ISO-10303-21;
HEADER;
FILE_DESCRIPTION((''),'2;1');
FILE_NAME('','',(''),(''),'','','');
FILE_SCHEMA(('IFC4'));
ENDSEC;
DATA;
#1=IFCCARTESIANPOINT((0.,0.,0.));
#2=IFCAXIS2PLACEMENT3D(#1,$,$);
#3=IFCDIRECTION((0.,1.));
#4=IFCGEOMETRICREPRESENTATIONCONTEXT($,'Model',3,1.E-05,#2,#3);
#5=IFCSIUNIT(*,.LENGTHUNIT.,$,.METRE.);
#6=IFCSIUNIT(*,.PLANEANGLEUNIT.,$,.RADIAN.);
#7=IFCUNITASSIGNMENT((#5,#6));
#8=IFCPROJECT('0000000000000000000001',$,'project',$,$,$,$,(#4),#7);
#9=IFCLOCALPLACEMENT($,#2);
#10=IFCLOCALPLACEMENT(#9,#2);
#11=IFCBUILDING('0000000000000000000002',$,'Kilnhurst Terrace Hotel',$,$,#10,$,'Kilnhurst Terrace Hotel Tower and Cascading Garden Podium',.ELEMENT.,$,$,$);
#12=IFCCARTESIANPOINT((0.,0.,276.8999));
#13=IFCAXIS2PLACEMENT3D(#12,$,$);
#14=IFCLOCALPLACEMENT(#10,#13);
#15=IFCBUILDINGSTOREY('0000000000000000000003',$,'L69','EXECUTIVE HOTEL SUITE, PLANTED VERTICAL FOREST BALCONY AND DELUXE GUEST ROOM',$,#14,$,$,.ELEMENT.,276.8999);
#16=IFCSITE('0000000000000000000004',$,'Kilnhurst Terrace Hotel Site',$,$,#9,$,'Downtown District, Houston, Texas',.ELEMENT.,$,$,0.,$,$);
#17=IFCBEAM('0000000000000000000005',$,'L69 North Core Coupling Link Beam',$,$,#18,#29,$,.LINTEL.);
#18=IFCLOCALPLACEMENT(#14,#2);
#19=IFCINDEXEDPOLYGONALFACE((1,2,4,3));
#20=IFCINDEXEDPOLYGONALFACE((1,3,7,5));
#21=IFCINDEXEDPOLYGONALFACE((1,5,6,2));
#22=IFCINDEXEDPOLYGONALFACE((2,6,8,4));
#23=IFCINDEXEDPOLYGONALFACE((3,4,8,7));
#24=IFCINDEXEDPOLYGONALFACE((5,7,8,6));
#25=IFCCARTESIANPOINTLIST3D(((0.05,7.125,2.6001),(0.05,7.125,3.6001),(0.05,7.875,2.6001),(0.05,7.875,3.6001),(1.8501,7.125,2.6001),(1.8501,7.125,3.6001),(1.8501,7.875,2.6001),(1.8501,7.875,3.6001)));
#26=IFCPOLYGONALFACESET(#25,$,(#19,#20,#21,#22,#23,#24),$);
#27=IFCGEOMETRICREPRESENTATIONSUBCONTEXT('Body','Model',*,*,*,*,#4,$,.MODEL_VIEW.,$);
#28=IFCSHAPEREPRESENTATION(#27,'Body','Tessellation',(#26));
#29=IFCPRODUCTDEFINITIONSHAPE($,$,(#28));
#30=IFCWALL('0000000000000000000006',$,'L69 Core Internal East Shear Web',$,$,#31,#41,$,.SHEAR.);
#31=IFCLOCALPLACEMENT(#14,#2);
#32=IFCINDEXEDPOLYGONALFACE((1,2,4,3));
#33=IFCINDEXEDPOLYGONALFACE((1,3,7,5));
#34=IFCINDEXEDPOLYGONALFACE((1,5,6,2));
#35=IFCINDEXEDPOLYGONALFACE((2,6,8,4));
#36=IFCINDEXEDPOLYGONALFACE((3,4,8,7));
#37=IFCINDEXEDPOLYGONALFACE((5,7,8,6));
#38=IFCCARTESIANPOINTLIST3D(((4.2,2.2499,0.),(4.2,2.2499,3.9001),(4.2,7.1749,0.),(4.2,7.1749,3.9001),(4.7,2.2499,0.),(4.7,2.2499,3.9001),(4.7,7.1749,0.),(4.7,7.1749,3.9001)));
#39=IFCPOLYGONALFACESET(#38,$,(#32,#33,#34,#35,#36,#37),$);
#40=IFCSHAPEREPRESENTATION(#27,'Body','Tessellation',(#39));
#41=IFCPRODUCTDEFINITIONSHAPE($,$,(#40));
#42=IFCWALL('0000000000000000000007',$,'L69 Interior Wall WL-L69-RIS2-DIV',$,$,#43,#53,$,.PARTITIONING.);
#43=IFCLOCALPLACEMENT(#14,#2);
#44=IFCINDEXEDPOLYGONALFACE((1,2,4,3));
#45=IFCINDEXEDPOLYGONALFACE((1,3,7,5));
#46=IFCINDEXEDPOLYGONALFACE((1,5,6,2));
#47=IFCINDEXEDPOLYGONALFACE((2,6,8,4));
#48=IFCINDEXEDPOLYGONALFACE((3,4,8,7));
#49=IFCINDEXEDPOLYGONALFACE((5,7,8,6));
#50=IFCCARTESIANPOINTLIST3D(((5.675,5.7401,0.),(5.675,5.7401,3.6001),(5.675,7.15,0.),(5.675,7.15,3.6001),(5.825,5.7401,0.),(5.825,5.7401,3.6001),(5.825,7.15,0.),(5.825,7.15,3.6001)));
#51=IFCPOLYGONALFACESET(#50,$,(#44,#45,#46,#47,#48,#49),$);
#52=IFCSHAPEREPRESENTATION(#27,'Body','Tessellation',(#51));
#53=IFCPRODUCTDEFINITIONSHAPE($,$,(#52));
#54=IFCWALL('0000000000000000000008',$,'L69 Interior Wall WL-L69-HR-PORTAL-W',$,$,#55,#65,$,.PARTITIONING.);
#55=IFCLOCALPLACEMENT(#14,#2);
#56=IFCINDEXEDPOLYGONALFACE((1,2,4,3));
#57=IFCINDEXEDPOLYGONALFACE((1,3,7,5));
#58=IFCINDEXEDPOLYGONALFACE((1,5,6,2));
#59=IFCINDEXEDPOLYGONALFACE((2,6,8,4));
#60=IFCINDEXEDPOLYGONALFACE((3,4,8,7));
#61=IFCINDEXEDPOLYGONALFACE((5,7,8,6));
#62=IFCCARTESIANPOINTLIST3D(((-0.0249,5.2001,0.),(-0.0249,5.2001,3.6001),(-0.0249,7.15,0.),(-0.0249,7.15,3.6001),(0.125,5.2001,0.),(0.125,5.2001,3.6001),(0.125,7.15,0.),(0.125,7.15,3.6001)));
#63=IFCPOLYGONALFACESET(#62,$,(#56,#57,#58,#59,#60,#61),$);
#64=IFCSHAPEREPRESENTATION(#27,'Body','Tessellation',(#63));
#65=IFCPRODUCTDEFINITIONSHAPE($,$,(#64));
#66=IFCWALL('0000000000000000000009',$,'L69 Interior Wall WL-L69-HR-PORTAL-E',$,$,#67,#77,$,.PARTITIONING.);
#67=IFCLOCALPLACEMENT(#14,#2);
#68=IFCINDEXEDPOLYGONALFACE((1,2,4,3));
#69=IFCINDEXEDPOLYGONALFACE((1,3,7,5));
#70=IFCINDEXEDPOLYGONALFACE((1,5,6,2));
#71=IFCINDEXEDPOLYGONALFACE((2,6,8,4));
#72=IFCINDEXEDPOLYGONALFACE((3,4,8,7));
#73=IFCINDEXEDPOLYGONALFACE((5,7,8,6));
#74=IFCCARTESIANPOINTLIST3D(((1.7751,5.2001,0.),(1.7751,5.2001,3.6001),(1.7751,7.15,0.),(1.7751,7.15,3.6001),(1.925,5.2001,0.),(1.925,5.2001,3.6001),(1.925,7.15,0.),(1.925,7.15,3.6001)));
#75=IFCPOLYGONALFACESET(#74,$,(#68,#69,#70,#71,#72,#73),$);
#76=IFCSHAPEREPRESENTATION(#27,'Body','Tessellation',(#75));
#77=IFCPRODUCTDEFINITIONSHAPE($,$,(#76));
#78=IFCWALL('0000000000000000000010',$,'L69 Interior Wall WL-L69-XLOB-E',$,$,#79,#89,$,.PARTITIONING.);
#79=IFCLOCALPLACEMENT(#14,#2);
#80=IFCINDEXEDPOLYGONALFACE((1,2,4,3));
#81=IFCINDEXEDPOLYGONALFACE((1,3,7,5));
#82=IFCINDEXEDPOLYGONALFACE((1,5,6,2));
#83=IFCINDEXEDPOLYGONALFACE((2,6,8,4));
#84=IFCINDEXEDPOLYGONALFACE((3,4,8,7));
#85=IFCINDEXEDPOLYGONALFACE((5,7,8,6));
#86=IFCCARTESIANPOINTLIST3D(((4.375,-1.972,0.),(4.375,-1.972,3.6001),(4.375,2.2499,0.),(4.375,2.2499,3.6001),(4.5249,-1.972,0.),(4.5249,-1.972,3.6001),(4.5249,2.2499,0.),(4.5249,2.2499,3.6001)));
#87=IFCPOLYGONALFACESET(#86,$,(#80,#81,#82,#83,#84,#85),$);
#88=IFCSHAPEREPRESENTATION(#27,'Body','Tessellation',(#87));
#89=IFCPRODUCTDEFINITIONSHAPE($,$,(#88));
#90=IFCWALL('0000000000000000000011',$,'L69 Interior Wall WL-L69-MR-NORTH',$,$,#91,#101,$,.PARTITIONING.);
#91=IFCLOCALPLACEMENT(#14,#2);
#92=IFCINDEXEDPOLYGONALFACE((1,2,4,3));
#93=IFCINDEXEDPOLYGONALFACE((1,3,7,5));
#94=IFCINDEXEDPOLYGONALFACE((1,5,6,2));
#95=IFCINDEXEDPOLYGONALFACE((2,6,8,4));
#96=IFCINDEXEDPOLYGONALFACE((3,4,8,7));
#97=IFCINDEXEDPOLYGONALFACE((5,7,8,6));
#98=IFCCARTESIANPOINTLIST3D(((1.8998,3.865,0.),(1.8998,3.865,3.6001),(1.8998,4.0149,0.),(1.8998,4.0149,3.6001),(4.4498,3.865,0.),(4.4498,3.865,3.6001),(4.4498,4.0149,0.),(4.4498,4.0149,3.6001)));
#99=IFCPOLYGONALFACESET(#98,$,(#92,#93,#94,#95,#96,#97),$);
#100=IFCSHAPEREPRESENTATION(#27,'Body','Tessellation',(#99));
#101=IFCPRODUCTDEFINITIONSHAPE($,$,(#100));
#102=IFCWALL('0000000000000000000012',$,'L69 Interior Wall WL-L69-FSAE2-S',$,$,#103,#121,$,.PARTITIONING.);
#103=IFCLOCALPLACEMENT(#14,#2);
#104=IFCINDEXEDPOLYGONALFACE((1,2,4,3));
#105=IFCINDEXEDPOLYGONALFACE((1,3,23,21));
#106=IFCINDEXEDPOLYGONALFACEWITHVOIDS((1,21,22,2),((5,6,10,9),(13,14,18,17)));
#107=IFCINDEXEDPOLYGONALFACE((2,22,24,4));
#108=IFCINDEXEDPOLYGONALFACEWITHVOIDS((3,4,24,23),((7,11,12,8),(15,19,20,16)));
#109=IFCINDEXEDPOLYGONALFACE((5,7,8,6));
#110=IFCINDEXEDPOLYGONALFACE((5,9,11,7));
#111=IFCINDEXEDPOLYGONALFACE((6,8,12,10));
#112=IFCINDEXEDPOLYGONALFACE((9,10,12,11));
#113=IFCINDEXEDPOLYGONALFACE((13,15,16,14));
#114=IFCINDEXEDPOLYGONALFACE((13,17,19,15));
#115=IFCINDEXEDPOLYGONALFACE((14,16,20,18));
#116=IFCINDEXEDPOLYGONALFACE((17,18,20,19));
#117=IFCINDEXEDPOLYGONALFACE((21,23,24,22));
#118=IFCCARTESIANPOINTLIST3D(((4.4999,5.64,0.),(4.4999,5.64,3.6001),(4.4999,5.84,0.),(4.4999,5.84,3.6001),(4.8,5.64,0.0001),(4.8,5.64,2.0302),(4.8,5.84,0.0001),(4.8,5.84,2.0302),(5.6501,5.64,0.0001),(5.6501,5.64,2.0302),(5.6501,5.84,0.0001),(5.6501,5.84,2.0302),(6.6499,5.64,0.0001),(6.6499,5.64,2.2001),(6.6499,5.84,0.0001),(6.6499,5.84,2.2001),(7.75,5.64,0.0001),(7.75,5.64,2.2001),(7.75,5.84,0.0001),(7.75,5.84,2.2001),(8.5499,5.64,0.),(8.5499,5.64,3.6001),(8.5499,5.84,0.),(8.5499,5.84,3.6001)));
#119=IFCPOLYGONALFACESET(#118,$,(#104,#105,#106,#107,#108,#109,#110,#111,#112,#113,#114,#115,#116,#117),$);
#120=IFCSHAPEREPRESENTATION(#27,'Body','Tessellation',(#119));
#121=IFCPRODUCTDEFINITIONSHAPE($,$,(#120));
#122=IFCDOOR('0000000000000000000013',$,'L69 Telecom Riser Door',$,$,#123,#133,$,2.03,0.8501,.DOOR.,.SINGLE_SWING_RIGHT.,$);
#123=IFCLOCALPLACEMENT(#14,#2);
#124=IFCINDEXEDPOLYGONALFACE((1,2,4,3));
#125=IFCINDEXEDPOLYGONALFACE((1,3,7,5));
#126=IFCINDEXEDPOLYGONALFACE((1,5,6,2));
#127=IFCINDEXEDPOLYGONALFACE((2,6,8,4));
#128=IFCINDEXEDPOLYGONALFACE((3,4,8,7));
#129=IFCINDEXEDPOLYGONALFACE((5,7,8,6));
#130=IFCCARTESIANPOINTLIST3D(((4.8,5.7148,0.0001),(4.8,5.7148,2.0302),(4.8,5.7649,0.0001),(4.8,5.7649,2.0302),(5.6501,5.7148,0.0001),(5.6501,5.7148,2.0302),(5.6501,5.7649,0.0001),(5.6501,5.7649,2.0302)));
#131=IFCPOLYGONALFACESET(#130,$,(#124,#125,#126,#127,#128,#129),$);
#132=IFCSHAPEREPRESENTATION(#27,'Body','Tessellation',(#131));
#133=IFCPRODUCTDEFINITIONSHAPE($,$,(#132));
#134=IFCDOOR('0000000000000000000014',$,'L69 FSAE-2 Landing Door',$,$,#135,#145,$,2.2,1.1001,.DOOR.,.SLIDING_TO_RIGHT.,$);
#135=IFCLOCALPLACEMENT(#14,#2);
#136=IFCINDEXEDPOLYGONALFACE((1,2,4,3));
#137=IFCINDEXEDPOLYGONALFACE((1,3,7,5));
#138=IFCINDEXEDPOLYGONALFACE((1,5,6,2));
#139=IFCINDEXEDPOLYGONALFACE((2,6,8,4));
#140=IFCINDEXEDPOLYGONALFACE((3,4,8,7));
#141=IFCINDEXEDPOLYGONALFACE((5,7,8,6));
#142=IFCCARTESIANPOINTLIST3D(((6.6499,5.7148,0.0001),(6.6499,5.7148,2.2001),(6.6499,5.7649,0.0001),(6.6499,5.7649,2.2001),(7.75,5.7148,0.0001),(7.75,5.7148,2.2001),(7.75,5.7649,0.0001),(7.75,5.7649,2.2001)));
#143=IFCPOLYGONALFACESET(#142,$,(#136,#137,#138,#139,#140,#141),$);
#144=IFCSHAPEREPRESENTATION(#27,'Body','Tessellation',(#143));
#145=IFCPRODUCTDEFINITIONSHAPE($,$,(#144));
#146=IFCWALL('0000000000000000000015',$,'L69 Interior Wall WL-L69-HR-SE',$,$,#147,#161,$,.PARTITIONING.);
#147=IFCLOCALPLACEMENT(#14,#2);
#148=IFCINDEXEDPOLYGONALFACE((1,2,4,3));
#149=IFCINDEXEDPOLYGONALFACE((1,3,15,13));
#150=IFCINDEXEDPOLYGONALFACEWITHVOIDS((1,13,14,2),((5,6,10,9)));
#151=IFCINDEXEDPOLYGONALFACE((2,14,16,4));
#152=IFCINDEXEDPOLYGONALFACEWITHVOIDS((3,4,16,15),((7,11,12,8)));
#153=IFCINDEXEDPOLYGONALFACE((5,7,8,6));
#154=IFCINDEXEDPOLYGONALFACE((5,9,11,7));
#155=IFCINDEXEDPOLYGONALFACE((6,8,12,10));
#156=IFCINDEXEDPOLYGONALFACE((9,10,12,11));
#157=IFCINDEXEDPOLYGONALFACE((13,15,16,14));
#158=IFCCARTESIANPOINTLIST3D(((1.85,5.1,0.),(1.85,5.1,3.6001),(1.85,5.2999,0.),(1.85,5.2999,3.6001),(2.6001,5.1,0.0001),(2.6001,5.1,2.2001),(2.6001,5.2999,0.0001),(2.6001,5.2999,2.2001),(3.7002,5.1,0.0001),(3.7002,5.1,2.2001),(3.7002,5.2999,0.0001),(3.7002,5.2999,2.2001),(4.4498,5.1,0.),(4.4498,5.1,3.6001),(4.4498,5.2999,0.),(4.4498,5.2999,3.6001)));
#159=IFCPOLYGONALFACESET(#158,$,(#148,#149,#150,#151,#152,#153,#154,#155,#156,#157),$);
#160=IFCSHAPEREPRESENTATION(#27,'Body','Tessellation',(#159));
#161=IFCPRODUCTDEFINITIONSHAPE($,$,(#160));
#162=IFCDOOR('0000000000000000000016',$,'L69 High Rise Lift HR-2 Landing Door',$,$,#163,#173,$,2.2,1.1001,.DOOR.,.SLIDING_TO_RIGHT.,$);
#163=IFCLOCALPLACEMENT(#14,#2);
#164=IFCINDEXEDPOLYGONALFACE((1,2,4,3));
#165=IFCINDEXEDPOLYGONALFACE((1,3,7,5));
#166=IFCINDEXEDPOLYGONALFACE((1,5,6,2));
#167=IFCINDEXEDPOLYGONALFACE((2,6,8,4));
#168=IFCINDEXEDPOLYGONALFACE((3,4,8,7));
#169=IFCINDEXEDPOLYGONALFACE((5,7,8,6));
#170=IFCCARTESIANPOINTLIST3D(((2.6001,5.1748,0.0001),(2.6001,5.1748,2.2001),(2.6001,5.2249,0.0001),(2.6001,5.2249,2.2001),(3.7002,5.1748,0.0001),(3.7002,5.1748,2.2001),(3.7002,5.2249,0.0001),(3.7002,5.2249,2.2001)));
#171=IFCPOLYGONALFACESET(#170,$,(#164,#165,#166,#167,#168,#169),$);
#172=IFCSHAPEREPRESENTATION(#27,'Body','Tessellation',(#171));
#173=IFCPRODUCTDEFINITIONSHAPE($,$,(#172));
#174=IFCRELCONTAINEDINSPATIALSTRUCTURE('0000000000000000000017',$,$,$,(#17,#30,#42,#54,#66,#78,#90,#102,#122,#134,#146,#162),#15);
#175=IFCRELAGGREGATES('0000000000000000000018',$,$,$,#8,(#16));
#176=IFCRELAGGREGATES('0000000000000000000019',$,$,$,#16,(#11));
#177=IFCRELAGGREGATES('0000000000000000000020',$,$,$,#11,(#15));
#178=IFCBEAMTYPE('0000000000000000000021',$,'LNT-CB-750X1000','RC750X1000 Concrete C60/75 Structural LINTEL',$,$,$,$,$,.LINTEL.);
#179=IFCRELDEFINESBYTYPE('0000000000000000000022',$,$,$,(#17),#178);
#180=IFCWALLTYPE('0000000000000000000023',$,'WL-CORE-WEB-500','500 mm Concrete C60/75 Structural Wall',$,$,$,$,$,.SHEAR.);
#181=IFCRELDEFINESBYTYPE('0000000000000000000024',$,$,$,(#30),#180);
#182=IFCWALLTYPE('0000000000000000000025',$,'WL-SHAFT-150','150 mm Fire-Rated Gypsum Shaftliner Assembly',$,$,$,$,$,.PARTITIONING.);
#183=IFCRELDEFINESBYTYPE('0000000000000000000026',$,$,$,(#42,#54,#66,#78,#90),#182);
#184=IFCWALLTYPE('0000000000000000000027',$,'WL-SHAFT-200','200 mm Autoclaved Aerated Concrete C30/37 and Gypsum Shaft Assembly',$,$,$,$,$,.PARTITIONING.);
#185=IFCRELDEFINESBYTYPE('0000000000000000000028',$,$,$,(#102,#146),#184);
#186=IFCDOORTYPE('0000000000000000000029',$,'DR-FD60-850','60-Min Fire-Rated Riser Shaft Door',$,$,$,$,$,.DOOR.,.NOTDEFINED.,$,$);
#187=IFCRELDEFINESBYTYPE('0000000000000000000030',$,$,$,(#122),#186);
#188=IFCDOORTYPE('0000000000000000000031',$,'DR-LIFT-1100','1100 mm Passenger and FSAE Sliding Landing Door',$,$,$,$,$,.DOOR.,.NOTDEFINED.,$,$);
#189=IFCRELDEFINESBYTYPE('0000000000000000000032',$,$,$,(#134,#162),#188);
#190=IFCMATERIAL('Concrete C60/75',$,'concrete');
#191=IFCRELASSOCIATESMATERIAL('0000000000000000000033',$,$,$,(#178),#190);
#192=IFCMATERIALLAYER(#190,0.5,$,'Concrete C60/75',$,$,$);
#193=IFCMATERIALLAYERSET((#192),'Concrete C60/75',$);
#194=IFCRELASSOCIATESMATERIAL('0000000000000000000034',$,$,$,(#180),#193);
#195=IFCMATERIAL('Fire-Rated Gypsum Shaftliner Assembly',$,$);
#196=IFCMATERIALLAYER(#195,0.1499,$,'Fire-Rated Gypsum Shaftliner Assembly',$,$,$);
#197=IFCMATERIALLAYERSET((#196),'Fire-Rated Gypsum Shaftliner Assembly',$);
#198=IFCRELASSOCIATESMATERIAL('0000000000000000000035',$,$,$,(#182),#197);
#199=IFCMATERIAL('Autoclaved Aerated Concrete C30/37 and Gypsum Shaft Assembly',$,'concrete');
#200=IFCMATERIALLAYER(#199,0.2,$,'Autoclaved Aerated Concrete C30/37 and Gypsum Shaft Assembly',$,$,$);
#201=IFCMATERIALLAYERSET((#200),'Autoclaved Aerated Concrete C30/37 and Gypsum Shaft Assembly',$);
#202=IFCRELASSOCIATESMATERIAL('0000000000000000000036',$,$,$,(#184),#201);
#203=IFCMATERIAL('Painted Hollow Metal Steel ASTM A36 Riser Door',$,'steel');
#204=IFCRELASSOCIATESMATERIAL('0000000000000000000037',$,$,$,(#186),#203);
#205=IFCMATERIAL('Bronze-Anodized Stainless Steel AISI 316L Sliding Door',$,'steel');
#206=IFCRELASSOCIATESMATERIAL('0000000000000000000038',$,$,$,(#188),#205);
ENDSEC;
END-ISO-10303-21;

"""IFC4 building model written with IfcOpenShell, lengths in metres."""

from ifc_helpers import new_model, si_unit, direction, frame, frame_2d, origin, origin_2d, place, context, subcontext, project, spatial, rectangle, extrude, material, layer, layer_set, material_profile, profile_set, type_object, element, fill, save


model = new_model("IFC4")

# Units and contexts
model_context = context("Model", 3, precision=1e-05, world=origin(), true_north=direction((0.0, 1.0)))
body_context = subcontext(model_context, "Body", "Model", "MODEL_VIEW")
ifc_project = project(units=[si_unit("LENGTHUNIT", "METRE"), si_unit("PLANEANGLEUNIT", "RADIAN")], contexts=[model_context])

# Site, building, storey
site_placement = place(None, origin())
site = spatial("IfcSite", under=ifc_project, at=site_placement, Name="Kilnhurst Terrace Hotel Site", LongName="Downtown District, Houston, Texas", CompositionType="ELEMENT", RefElevation=0.0)
building_placement = place(site_placement, origin())
building = spatial("IfcBuilding", under=site, at=building_placement, Name="Kilnhurst Terrace Hotel", LongName="Kilnhurst Terrace Hotel Tower and Cascading Garden Podium", CompositionType="ELEMENT")
storey_placement = place(building_placement, frame((0.0, 0.0, 276.8999)))
storey = spatial("IfcBuildingStorey", under=building, at=storey_placement, Name="L69", Description="EXECUTIVE HOTEL SUITE, PLANTED VERTICAL FOREST BALCONY AND DELUXE GUEST ROOM", CompositionType="ELEMENT", Elevation=276.8999)

# Beam
ifc_material_1 = material(Name="Concrete C60/75", Category="concrete")
ifc_material_profile = material_profile(ifc_material_1, rectangle(XDim=0.75, YDim=1.0, at=origin_2d()), Name="RC750X1000")
ifc_profile_set = profile_set([ifc_material_profile], Name="Concrete C60/75")
beam_type = type_object("IfcBeamType", Name="LNT-CB-750X1000", Description="RC750X1000 Concrete C60/75 Structural LINTEL", PredefinedType="LINTEL", material=ifc_profile_set)
beam_placement = place(storey_placement, frame((0.05, 7.5, 3.1001), z_axis=(1.0, 0.0, 0.0), x_axis=(0.0, 1.0, 0.0)))
element("IfcBeam", 1, at=beam_placement, inside=storey, type_object=beam_type, Name="L69 North Core Coupling Link Beam", PredefinedType="LINTEL", context=body_context, shape_type="SweptSolid", body=[
    extrude(rectangle(XDim=0.75, YDim=1.0, at=origin_2d()), origin(), (0.0, 0.0, 1.0), 1.8),
])

# Walls
ifc_layer_1 = layer(ifc_material_1, 0.5, Name="Concrete C60/75")
ifc_layer_set_1 = layer_set([ifc_layer_1], Name="Concrete C60/75")
wall_type_1 = type_object("IfcWallType", Name="WL-CORE-WEB-500", Description="500 mm Concrete C60/75 Structural Wall", PredefinedType="SHEAR", material=ifc_layer_set_1)
wall_1_placement = place(storey_placement, frame((4.45, 2.25, 0.0), z_axis=(0.0, 0.0, 1.0), x_axis=(0.0, 1.0, 0.0)))
element("IfcWall", 2, at=wall_1_placement, inside=storey, type_object=wall_type_1, Name="L69 Core Internal East Shear Web", PredefinedType="SHEAR", context=body_context, shape_type="SweptSolid", body=[
    extrude(rectangle(XDim=4.925, YDim=0.5, at=frame_2d((2.4624, 0.0))), origin(), (0.0, 0.0, 1.0), 3.9001),
])
ifc_material_2 = material(Name="Fire-Rated Gypsum Shaftliner Assembly")
ifc_layer_2 = layer(ifc_material_2, 0.1499, Name="Fire-Rated Gypsum Shaftliner Assembly")
ifc_layer_set_2 = layer_set([ifc_layer_2], Name="Fire-Rated Gypsum Shaftliner Assembly")
wall_type_2 = type_object("IfcWallType", Name="WL-SHAFT-150", Description="150 mm Fire-Rated Gypsum Shaftliner Assembly", PredefinedType="PARTITIONING", material=ifc_layer_set_2)
wall_2_placement = place(storey_placement, frame((5.75, 5.74, 0.0), z_axis=(0.0, 0.0, 1.0), x_axis=(0.0, 1.0, 0.0)))
element("IfcWall", 3, at=wall_2_placement, inside=storey, type_object=wall_type_2, Name="L69 Interior Wall WL-L69-RIS2-DIV", PredefinedType="PARTITIONING", context=body_context, shape_type="SweptSolid", body=[
    extrude(rectangle(XDim=1.4099, YDim=0.1499, at=frame_2d((0.7051, 0.0))), origin(), (0.0, 0.0, 1.0), 3.6001),
])
for number, where, z_axis, x_axis, name in (
    (4, (0.05, 5.2, 0.0), (0.0, 0.0, 1.0), (0.0, 1.0, 0.0), "L69 Interior Wall WL-L69-HR-PORTAL-W"),
    (5, (1.8501, 5.2, 0.0), (0.0, 0.0, 1.0), (0.0, 1.0, 0.0), "L69 Interior Wall WL-L69-HR-PORTAL-E"),
):
    element("IfcWall", number, at=place(storey_placement, frame(where, z_axis=z_axis, x_axis=x_axis)), inside=storey, type_object=wall_type_2, Name=name, PredefinedType="PARTITIONING", context=body_context, shape_type="SweptSolid", body=[
        extrude(rectangle(XDim=1.95, YDim=0.1499, at=frame_2d((0.9751, 0.0))), origin(), (0.0, 0.0, 1.0), 3.6001),
    ])
wall_3_placement = place(storey_placement, frame((4.45, -1.9719, 0.0), z_axis=(0.0, 0.0, 1.0), x_axis=(0.0, 1.0, 0.0)))
element("IfcWall", 6, at=wall_3_placement, inside=storey, type_object=wall_type_2, Name="L69 Interior Wall WL-L69-XLOB-E", PredefinedType="PARTITIONING", context=body_context, shape_type="SweptSolid", body=[
    extrude(rectangle(XDim=4.2219, YDim=0.1499, at=frame_2d((2.1108, 0.0))), origin(), (0.0, 0.0, 1.0), 3.6001),
])
wall_4_placement = place(storey_placement, frame((1.8999, 3.9399, 0.0), z_axis=(0.0, 0.0, 1.0), x_axis=(1.0, 0.0, 0.0)))
element("IfcWall", 7, at=wall_4_placement, inside=storey, type_object=wall_type_2, Name="L69 Interior Wall WL-L69-MR-NORTH", PredefinedType="PARTITIONING", context=body_context, shape_type="SweptSolid", body=[
    extrude(rectangle(XDim=2.55, YDim=0.1499, at=frame_2d((1.2749, 0.0))), origin(), (0.0, 0.0, 1.0), 3.6001),
])

# Wall, openings, doors
ifc_material_3 = material(Name="Autoclaved Aerated Concrete C30/37 and Gypsum Shaft Assembly", Category="concrete")
ifc_layer_3 = layer(ifc_material_3, 0.2, Name="Autoclaved Aerated Concrete C30/37 and Gypsum Shaft Assembly")
ifc_layer_set_3 = layer_set([ifc_layer_3], Name="Autoclaved Aerated Concrete C30/37 and Gypsum Shaft Assembly")
wall_type_3 = type_object("IfcWallType", Name="WL-SHAFT-200", Description="200 mm Autoclaved Aerated Concrete C30/37 and Gypsum Shaft Assembly", PredefinedType="PARTITIONING", material=ifc_layer_set_3)
wall_5_placement = place(storey_placement, frame((4.5, 5.74, 0.0), z_axis=(0.0, 0.0, 1.0), x_axis=(1.0, 0.0, 0.0)))
wall_5 = element("IfcWall", 8, at=wall_5_placement, inside=storey, type_object=wall_type_3, Name="L69 Interior Wall WL-L69-FSAE2-S", PredefinedType="PARTITIONING", context=body_context, shape_type="SweptSolid", body=[
    extrude(rectangle(XDim=4.05, YDim=0.2, at=frame_2d((2.0249, 0.0))), origin(), (0.0, 0.0, 1.0), 3.6001),
])
opening_1_placement = place(wall_5_placement, frame((0.3, 0.0, 0.0)))
opening_1 = element("IfcOpeningElement", 9, at=opening_1_placement, cuts=wall_5, PredefinedType="OPENING", context=body_context, shape_type="SweptSolid", body=[
    extrude(rectangle(XDim=0.8501, YDim=2.03, at=frame_2d((0.425, 1.0151))), frame((0.0, 0.1099, 0.0), z_axis=(0.0, -1.0, 0.0), x_axis=(1.0, 0.0, 0.0)), (0.0, 0.0, 1.0), 0.22),
])
opening_2_placement = place(wall_5_placement, frame((2.1499, 0.0, 0.0)))
opening_2 = element("IfcOpeningElement", 10, at=opening_2_placement, cuts=wall_5, PredefinedType="OPENING", context=body_context, shape_type="SweptSolid", body=[
    extrude(rectangle(XDim=1.1001, YDim=2.2, at=frame_2d((0.55, 1.1001))), frame((0.0, 0.1099, 0.0), z_axis=(0.0, -1.0, 0.0), x_axis=(1.0, 0.0, 0.0)), (0.0, 0.0, 1.0), 0.22),
])
ifc_material_4 = material(Name="Painted Hollow Metal Steel ASTM A36 Riser Door", Category="steel")
door_type_1 = type_object("IfcDoorType", Name="DR-FD60-850", Description="60-Min Fire-Rated Riser Shaft Door", OperationType="NOTDEFINED", PredefinedType="DOOR", material=ifc_material_4)
door_1_placement = place(opening_1_placement, origin())
door_1 = element("IfcDoor", 11, at=door_1_placement, inside=storey, type_object=door_type_1, Name="L69 Telecom Riser Door", OperationType="SINGLE_SWING_RIGHT", OverallHeight=2.03, OverallWidth=0.8501, PredefinedType="DOOR", context=body_context, shape_type="SweptSolid", body=[
    extrude(rectangle(XDim=0.8501, YDim=2.03, at=frame_2d((0.425, 1.0151))), frame((0.0, 0.0249, 0.0), z_axis=(0.0, -1.0, 0.0), x_axis=(1.0, 0.0, 0.0)), (0.0, 0.0, 1.0), 0.05),
])
fill(opening_1, door_1)
ifc_material_5 = material(Name="Bronze-Anodized Stainless Steel AISI 316L Sliding Door", Category="steel")
door_type_2 = type_object("IfcDoorType", Name="DR-LIFT-1100", Description="1100 mm Passenger and FSAE Sliding Landing Door", OperationType="NOTDEFINED", PredefinedType="DOOR", material=ifc_material_5)
door_2_placement = place(opening_2_placement, origin())
door_2 = element("IfcDoor", 12, at=door_2_placement, inside=storey, type_object=door_type_2, Name="L69 FSAE-2 Landing Door", OperationType="SLIDING_TO_RIGHT", OverallHeight=2.2, OverallWidth=1.1001, PredefinedType="DOOR", context=body_context, shape_type="SweptSolid", body=[
    extrude(rectangle(XDim=1.1001, YDim=2.2, at=frame_2d((0.55, 1.1001))), frame((0.0, 0.0249, 0.0), z_axis=(0.0, -1.0, 0.0), x_axis=(1.0, 0.0, 0.0)), (0.0, 0.0, 1.0), 0.05),
])
fill(opening_2, door_2)

# Wall, opening, door
wall_6_placement = place(storey_placement, frame((1.8501, 5.2, 0.0), z_axis=(0.0, 0.0, 1.0), x_axis=(1.0, 0.0, 0.0)))
wall_6 = element("IfcWall", 13, at=wall_6_placement, inside=storey, type_object=wall_type_3, Name="L69 Interior Wall WL-L69-HR-SE", PredefinedType="PARTITIONING", context=body_context, shape_type="SweptSolid", body=[
    extrude(rectangle(XDim=2.5999, YDim=0.2, at=frame_2d((1.2998, 0.0))), origin(), (0.0, 0.0, 1.0), 3.6001),
])
opening_3_placement = place(wall_6_placement, frame((0.75, 0.0, 0.0)))
opening_3 = element("IfcOpeningElement", 14, at=opening_3_placement, cuts=wall_6, PredefinedType="OPENING", context=body_context, shape_type="SweptSolid", body=[
    extrude(rectangle(XDim=1.1001, YDim=2.2, at=frame_2d((0.55, 1.1001))), frame((0.0, 0.1099, 0.0), z_axis=(0.0, -1.0, 0.0), x_axis=(1.0, 0.0, 0.0)), (0.0, 0.0, 1.0), 0.22),
])
door_3_placement = place(opening_3_placement, origin())
door_3 = element("IfcDoor", 15, at=door_3_placement, inside=storey, type_object=door_type_2, Name="L69 High Rise Lift HR-2 Landing Door", OperationType="SLIDING_TO_RIGHT", OverallHeight=2.2, OverallWidth=1.1001, PredefinedType="DOOR", context=body_context, shape_type="SweptSolid", body=[
    extrude(rectangle(XDim=1.1001, YDim=2.2, at=frame_2d((0.55, 1.1001))), frame((0.0, 0.0249, 0.0), z_axis=(0.0, -1.0, 0.0), x_axis=(1.0, 0.0, 0.0)), (0.0, 0.0, 1.0), 0.05),
])
fill(opening_3, door_3)

save(model, "model.ifc")
